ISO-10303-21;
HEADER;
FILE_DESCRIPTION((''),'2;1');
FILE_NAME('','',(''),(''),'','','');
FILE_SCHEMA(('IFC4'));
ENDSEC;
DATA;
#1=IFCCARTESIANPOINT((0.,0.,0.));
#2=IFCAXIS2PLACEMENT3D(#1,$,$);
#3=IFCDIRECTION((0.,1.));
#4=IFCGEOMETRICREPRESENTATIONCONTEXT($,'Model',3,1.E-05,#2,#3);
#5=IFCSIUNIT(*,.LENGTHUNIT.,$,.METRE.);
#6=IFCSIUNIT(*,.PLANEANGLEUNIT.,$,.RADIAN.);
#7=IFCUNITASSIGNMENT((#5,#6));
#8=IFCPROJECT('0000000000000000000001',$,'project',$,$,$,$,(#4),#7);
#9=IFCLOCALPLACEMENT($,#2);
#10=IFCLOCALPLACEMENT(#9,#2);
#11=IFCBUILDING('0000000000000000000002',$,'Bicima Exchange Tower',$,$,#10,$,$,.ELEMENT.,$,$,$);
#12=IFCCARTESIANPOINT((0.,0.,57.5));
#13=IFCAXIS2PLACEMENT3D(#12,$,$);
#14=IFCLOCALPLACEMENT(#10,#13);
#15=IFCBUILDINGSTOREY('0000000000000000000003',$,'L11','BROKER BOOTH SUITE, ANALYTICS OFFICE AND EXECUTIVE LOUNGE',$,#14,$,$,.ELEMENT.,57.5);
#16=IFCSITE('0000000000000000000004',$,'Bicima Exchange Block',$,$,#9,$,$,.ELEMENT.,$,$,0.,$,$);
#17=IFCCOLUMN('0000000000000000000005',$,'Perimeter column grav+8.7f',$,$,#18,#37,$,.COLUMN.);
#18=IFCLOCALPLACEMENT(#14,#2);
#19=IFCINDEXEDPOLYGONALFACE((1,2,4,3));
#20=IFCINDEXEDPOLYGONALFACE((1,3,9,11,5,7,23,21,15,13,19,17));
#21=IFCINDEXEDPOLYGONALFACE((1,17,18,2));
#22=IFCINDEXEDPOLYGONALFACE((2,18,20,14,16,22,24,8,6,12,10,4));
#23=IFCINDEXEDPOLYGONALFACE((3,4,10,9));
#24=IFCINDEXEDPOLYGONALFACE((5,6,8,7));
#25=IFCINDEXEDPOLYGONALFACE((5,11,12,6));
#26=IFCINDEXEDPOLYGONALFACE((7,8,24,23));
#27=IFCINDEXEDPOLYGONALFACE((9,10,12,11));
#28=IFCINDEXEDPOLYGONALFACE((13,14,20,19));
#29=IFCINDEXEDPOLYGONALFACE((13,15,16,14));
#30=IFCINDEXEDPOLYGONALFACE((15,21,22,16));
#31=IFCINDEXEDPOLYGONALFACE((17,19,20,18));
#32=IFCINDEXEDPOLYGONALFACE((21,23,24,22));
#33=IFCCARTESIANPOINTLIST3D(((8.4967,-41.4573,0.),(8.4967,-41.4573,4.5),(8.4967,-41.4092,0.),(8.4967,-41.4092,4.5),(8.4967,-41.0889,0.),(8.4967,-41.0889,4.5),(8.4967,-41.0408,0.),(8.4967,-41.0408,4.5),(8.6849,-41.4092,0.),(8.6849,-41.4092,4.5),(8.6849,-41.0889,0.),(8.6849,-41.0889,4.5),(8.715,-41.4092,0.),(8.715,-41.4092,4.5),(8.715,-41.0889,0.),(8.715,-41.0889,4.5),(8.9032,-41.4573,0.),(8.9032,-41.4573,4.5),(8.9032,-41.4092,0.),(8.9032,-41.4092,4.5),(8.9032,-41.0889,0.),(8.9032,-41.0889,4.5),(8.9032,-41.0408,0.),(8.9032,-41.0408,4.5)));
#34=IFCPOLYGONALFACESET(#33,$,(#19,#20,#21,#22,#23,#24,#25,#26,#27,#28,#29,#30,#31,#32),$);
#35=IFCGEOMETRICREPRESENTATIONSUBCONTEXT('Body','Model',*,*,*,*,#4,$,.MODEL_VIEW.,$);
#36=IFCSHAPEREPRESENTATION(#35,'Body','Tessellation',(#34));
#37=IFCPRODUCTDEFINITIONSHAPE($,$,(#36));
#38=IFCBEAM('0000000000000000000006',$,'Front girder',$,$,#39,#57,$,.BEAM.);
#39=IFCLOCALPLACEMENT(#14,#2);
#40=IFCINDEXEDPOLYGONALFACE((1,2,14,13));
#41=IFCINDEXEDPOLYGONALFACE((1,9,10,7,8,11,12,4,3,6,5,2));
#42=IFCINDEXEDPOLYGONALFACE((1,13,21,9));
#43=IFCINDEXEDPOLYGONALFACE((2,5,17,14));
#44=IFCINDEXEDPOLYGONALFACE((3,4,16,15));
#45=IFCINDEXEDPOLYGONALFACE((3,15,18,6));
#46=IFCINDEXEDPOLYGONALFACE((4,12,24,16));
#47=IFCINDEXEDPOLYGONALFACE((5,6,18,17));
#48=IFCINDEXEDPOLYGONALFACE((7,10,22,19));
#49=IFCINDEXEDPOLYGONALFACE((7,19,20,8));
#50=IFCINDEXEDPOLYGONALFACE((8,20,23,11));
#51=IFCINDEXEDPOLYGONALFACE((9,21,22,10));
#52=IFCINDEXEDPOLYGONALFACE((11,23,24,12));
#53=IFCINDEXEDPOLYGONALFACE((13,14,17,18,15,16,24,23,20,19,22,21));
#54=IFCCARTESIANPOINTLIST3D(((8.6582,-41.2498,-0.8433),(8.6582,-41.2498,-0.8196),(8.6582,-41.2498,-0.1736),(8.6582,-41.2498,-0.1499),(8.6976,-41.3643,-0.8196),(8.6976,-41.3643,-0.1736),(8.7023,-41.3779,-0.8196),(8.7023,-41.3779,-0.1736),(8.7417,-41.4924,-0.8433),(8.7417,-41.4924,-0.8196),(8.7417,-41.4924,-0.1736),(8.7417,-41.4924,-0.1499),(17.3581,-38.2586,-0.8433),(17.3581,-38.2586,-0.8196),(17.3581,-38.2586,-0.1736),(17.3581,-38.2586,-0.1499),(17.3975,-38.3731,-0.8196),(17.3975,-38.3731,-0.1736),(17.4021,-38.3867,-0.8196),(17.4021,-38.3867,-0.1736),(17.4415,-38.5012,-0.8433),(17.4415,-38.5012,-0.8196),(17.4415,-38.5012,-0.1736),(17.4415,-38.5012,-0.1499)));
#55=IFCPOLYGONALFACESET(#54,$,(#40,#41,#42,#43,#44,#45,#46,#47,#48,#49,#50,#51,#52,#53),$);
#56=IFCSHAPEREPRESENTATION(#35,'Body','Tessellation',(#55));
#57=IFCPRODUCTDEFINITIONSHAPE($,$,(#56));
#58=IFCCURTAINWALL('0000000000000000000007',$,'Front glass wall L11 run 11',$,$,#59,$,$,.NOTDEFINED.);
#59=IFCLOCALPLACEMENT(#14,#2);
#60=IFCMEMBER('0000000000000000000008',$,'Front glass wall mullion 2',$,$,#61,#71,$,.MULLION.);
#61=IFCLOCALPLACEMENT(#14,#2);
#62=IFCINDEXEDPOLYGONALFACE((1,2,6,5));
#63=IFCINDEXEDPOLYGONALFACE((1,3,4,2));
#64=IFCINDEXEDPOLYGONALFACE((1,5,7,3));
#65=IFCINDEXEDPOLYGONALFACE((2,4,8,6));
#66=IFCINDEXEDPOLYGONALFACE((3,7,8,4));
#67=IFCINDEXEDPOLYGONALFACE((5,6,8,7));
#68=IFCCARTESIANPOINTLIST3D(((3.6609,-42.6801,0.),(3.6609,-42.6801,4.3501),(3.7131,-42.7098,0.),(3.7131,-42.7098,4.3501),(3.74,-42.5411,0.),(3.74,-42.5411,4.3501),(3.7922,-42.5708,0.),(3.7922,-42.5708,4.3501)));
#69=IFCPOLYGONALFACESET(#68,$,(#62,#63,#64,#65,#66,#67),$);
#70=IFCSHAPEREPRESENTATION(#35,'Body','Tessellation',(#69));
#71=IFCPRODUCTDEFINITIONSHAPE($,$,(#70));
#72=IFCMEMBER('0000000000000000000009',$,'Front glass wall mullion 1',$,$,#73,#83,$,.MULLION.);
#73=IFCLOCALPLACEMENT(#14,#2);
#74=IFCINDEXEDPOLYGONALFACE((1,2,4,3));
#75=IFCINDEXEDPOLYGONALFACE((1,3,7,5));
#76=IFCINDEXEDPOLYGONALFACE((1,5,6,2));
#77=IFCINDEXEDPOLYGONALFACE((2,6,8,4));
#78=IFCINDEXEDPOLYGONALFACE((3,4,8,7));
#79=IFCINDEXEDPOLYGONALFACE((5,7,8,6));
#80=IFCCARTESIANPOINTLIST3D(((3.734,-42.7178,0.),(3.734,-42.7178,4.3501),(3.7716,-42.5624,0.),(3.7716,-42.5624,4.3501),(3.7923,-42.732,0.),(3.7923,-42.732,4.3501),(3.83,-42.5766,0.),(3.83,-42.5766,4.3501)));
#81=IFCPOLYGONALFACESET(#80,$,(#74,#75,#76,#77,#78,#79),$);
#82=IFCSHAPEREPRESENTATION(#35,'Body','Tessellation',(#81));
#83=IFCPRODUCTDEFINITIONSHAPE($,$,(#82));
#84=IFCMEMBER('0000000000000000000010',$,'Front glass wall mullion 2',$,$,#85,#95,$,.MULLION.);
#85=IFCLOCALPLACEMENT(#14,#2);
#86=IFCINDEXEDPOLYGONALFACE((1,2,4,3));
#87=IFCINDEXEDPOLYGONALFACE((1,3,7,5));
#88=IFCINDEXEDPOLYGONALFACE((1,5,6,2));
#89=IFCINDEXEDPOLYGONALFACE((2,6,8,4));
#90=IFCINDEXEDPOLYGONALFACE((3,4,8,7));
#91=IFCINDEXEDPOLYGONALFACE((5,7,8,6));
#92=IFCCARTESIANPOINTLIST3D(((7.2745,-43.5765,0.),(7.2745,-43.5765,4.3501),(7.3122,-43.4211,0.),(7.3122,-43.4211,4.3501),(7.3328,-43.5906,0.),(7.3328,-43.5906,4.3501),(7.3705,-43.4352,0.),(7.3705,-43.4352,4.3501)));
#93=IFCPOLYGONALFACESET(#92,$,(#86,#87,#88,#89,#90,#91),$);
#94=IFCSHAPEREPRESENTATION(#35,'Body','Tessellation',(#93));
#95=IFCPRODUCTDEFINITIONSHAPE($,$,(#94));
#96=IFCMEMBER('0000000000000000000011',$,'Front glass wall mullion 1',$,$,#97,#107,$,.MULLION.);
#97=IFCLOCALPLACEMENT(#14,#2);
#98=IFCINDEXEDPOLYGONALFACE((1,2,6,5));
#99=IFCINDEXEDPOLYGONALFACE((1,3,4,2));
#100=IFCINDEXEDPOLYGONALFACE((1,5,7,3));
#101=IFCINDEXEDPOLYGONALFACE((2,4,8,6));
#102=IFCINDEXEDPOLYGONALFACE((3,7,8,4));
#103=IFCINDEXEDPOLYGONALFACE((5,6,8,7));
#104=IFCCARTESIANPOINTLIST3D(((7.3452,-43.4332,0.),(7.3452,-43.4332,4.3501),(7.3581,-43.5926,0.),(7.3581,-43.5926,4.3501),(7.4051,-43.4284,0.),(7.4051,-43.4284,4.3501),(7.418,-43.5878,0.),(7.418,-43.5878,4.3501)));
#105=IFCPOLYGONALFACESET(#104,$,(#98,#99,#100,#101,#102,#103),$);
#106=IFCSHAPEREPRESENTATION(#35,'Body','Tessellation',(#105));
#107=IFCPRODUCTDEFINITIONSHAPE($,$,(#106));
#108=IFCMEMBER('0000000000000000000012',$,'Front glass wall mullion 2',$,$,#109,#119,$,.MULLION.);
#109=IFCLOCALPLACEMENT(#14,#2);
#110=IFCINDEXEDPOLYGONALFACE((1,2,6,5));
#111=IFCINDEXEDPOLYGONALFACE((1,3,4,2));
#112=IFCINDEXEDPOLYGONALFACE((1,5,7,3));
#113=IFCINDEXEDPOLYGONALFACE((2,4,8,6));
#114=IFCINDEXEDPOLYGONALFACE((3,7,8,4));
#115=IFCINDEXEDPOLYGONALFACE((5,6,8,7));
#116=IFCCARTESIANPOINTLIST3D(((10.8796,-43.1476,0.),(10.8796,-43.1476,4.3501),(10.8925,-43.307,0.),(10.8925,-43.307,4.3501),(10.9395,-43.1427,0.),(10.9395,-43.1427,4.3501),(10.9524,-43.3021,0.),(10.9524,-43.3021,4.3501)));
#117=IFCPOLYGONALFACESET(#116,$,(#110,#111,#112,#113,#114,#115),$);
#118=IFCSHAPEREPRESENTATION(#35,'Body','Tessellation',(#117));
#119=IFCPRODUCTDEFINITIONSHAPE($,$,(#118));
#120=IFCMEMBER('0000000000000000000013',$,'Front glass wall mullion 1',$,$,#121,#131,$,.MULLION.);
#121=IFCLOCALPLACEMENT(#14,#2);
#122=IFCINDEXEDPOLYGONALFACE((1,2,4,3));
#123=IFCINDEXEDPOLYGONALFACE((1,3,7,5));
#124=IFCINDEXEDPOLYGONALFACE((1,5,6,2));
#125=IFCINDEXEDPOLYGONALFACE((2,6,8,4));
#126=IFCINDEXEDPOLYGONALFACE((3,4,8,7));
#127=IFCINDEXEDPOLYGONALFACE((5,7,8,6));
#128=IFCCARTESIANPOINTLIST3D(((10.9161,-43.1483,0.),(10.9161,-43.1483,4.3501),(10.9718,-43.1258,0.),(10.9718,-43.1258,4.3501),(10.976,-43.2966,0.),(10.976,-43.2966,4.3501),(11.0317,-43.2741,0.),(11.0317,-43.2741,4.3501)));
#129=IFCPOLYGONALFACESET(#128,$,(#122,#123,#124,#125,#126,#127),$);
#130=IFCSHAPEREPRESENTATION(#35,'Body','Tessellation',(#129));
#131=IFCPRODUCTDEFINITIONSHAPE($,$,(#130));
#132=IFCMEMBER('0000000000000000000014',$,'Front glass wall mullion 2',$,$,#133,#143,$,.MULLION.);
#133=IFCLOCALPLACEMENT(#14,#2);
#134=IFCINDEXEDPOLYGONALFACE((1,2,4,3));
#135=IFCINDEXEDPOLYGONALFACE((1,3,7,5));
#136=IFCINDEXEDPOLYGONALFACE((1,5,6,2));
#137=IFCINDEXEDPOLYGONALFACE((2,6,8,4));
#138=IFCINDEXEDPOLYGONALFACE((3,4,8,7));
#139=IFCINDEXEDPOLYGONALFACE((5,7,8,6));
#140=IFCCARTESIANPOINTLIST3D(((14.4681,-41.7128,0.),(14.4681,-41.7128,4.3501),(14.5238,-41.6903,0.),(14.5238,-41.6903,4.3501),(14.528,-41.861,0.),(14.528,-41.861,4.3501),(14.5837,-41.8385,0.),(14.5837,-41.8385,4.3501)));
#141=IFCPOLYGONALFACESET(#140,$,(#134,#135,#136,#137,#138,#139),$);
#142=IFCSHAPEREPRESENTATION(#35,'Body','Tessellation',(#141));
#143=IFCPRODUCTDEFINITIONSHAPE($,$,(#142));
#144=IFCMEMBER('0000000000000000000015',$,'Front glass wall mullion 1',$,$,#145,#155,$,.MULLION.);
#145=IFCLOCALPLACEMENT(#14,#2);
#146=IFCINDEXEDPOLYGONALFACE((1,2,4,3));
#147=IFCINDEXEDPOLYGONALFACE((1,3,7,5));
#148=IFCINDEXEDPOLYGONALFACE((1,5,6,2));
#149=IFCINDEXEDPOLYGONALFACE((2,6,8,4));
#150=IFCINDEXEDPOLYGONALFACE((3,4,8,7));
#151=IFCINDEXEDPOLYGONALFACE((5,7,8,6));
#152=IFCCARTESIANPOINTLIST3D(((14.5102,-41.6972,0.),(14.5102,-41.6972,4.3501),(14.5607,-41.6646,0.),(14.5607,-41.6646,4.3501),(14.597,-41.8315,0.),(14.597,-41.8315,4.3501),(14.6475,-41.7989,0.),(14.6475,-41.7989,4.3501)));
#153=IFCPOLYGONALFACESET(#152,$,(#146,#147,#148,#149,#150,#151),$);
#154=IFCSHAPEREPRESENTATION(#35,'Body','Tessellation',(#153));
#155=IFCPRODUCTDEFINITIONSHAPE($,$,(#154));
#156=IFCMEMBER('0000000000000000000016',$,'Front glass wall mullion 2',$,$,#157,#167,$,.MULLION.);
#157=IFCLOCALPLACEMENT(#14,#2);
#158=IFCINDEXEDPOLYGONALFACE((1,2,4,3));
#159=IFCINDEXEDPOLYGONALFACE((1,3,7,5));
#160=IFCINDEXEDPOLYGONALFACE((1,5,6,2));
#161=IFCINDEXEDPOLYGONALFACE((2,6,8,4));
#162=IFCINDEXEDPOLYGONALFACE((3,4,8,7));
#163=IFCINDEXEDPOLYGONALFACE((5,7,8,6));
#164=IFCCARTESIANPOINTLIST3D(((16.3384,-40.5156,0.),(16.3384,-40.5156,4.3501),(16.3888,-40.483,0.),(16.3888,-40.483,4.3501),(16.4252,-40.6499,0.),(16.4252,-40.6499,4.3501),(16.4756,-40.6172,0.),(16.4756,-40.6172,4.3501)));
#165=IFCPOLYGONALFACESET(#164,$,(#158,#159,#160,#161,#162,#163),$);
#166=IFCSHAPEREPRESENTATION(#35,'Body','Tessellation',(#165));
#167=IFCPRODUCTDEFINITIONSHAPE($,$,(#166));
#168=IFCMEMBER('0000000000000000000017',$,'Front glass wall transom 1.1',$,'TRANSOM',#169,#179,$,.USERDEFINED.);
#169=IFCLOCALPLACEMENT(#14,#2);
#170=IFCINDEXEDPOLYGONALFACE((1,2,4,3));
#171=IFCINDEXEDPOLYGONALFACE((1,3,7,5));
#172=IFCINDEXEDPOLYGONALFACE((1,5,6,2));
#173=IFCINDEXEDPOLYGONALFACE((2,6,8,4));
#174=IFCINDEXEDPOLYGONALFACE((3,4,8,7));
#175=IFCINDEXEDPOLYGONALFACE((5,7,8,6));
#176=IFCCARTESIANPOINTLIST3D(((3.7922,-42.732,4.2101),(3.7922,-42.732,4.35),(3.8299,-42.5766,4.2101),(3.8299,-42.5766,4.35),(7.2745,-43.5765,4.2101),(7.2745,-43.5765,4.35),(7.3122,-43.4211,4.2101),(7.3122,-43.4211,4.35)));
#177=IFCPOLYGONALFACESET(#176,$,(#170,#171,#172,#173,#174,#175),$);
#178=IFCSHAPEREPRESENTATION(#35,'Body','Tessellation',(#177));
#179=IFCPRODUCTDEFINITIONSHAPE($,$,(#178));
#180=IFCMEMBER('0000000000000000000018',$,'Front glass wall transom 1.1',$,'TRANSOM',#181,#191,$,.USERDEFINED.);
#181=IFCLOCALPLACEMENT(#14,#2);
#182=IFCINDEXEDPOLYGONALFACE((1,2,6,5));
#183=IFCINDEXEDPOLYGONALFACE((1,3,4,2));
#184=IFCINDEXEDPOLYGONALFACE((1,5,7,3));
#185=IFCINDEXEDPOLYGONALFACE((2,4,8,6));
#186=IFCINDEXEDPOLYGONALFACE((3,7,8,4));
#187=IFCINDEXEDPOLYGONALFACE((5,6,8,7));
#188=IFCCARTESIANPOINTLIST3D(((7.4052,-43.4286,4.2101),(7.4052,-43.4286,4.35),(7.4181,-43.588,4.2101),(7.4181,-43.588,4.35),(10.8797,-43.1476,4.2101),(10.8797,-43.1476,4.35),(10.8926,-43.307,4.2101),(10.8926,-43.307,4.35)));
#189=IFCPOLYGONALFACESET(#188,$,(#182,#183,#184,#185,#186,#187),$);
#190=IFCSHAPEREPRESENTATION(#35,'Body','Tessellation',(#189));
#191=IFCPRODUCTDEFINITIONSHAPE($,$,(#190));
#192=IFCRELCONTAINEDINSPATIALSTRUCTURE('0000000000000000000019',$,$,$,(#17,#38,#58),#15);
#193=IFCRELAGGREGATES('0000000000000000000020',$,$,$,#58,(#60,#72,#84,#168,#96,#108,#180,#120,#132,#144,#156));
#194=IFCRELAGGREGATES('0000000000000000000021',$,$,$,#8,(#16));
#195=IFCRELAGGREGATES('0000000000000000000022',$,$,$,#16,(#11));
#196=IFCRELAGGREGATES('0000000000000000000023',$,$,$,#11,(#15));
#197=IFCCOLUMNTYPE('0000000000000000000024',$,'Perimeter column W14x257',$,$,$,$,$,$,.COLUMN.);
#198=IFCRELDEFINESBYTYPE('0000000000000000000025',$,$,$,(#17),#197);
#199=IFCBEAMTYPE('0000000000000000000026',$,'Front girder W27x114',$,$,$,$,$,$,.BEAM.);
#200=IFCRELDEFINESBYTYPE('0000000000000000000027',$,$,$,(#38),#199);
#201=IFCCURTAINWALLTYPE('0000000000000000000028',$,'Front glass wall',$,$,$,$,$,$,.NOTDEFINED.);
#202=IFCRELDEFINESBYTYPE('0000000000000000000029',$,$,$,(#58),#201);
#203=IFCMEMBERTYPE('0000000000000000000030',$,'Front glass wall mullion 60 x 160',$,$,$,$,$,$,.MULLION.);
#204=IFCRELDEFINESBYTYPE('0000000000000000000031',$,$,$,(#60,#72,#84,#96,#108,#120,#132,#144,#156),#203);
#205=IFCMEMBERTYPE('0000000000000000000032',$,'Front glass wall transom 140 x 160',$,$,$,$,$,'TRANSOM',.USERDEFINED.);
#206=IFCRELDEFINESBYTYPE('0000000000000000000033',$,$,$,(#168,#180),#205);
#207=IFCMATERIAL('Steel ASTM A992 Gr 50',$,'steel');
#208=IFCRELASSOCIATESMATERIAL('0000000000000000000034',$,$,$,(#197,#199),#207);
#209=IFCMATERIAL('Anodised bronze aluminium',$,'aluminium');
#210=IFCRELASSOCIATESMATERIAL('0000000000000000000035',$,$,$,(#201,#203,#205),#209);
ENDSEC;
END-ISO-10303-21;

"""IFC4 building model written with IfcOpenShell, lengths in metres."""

from ifc_helpers import new_model, si_unit, direction, frame, origin, origin_2d, place, context, subcontext, project, spatial, rectangle, i_section, extrude, material, material_profile, profile_set, type_object, element, aggregate, save


model = new_model("IFC4")

# Units and contexts
model_context = context("Model", 3, precision=1e-05, world=origin(), true_north=direction((0.0, 1.0)))
body_context = subcontext(model_context, "Body", "Model", "MODEL_VIEW")
ifc_project = project(units=[si_unit("LENGTHUNIT", "METRE"), si_unit("PLANEANGLEUNIT", "RADIAN")], contexts=[model_context])

# Site, building, storey
site_placement = place(None, origin())
site = spatial("IfcSite", under=ifc_project, at=site_placement, Name="Bicima Exchange Block", CompositionType="ELEMENT", RefElevation=0.0)
building_placement = place(site_placement, origin())
building = spatial("IfcBuilding", under=site, at=building_placement, Name="Bicima Exchange Tower", CompositionType="ELEMENT")
storey_placement = place(building_placement, frame((0.0, 0.0, 57.5)))
storey = spatial("IfcBuildingStorey", under=building, at=storey_placement, Name="L11", Description="BROKER BOOTH SUITE, ANALYTICS OFFICE AND EXECUTIVE LOUNGE", CompositionType="ELEMENT", Elevation=57.5)

# Column
ifc_material_1 = material(Name="Steel ASTM A992 Gr 50", Category="steel")
ifc_material_profile_1 = material_profile(ifc_material_1, i_section(OverallWidth=0.4065, OverallDepth=0.4165, WebThickness=0.03, FlangeThickness=0.0481, at=origin_2d()))
ifc_profile_set_1 = profile_set([ifc_material_profile_1], Name="Steel ASTM A992 Gr 50")
column_type = type_object("IfcColumnType", Name="Perimeter column W14x257", PredefinedType="COLUMN", material=ifc_profile_set_1)
column_placement = place(storey_placement, frame((8.7, -41.249, 0.0), z_axis=(0.0, 0.0, 1.0), x_axis=(1.0, 0.0, 0.0)))
element("IfcColumn", 1, at=column_placement, inside=storey, type_object=column_type, Name="Perimeter column grav+8.7f", PredefinedType="COLUMN", context=body_context, shape_type="SweptSolid", body=[
    extrude(i_section(OverallWidth=0.4065, OverallDepth=0.4165, WebThickness=0.03, FlangeThickness=0.0481, at=origin_2d()), origin(), (0.0, 0.0, 1.0), 4.5),
])

# Beam
ifc_material_profile_2 = material_profile(ifc_material_1, i_section(OverallWidth=0.2566, OverallDepth=0.6934, WebThickness=0.0144, FlangeThickness=0.0237, at=origin_2d()))
ifc_profile_set_2 = profile_set([ifc_material_profile_2], Name="Steel ASTM A992 Gr 50")
beam_type = type_object("IfcBeamType", Name="Front girder W27x114", PredefinedType="BEAM", material=ifc_profile_set_2)
beam_placement = place(storey_placement, frame((8.7, -41.3711, -0.4966), z_axis=(0.945666, 0.325138, 0.0), x_axis=(-0.325138, 0.945666, 0.0)))
element("IfcBeam", 2, at=beam_placement, inside=storey, type_object=beam_type, Name="Front girder", PredefinedType="BEAM", context=body_context, shape_type="SweptSolid", body=[
    extrude(i_section(OverallWidth=0.2566, OverallDepth=0.6934, WebThickness=0.0144, FlangeThickness=0.0237, at=origin_2d()), origin(), (0.0, 0.0, 1.0), 9.1997),
])

# Curtain wall, members
ifc_material_2 = material(Name="Anodised bronze aluminium", Category="aluminium")
curtain_wall_type = type_object("IfcCurtainWallType", Name="Front glass wall", PredefinedType="NOTDEFINED", material=ifc_material_2)
curtain_wall_placement = place(storey_placement, origin())
curtain_wall = element("IfcCurtainWall", 3, at=curtain_wall_placement, inside=storey, type_object=curtain_wall_type, Name="Front glass wall L11 run 11", PredefinedType="NOTDEFINED")
ifc_material_profile_3 = material_profile(ifc_material_2, rectangle(XDim=0.1599, YDim=0.0601, at=origin_2d()))
ifc_profile_set_3 = profile_set([ifc_material_profile_3], Name="Anodised bronze aluminium")
member_type_1 = type_object("IfcMemberType", Name="Front glass wall mullion 60 x 160", PredefinedType="MULLION", material=ifc_profile_set_3)
member_1_placement = place(storey_placement, frame((3.7266, -42.6255, 0.0), z_axis=(0.0, 0.0, 1.0), x_axis=(0.49433, 0.869274, 0.0)))
member_1 = element("IfcMember", 4, at=member_1_placement, type_object=member_type_1, Name="Front glass wall mullion 2", PredefinedType="MULLION", context=body_context, shape_type="SweptSolid", body=[
    extrude(rectangle(XDim=0.1599, YDim=0.0601, at=origin_2d()), origin(), (0.0, 0.0, 1.0), 4.3501),
])
member_2_placement = place(storey_placement, frame((3.782, -42.6472, 0.0), z_axis=(0.0, 0.0, 1.0), x_axis=(0.235682, 0.97183, 0.0)))
member_2 = element("IfcMember", 5, at=member_2_placement, type_object=member_type_1, Name="Front glass wall mullion 1", PredefinedType="MULLION", context=body_context, shape_type="SweptSolid", body=[
    extrude(rectangle(XDim=0.1599, YDim=0.0601, at=origin_2d()), origin(), (0.0, 0.0, 1.0), 4.3501),
])
member_3_placement = place(storey_placement, frame((7.3225, -43.5059, 0.0), z_axis=(0.0, 0.0, 1.0), x_axis=(0.235682, 0.97183, 0.0)))
member_3 = element("IfcMember", 6, at=member_3_placement, type_object=member_type_1, Name="Front glass wall mullion 2", PredefinedType="MULLION", context=body_context, shape_type="SweptSolid", body=[
    extrude(rectangle(XDim=0.1599, YDim=0.0601, at=origin_2d()), origin(), (0.0, 0.0, 1.0), 4.3501),
])
member_4_placement = place(storey_placement, frame((7.3816, -43.5105, 0.0), z_axis=(0.0, 0.0, 1.0), x_axis=(-0.080589, 0.996747, 0.0)))
member_4 = element("IfcMember", 7, at=member_4_placement, type_object=member_type_1, Name="Front glass wall mullion 1", PredefinedType="MULLION", context=body_context, shape_type="SweptSolid", body=[
    extrude(rectangle(XDim=0.1599, YDim=0.0601, at=origin_2d()), origin(), (0.0, 0.0, 1.0), 4.3501),
])
member_5_placement = place(storey_placement, frame((10.916, -43.2249, 0.0), z_axis=(0.0, 0.0, 1.0), x_axis=(-0.080589, 0.996747, 0.0)))
member_5 = element("IfcMember", 8, at=member_5_placement, type_object=member_type_1, Name="Front glass wall mullion 2", PredefinedType="MULLION", context=body_context, shape_type="SweptSolid", body=[
    extrude(rectangle(XDim=0.1599, YDim=0.0601, at=origin_2d()), origin(), (0.0, 0.0, 1.0), 4.3501),
])
member_6_placement = place(storey_placement, frame((10.9739, -43.2112, 0.0), z_axis=(0.0, 0.0, 1.0), x_axis=(-0.374705, 0.927144, 0.0)))
member_6 = element("IfcMember", 9, at=member_6_placement, type_object=member_type_1, Name="Front glass wall mullion 1", PredefinedType="MULLION", context=body_context, shape_type="SweptSolid", body=[
    extrude(rectangle(XDim=0.1599, YDim=0.0601, at=origin_2d()), origin(), (0.0, 0.0, 1.0), 4.3501),
])
member_7_placement = place(storey_placement, frame((14.5259, -41.7756, 0.0), z_axis=(0.0, 0.0, 1.0), x_axis=(-0.374705, 0.927144, 0.0)))
member_7 = element("IfcMember", 10, at=member_7_placement, type_object=member_type_1, Name="Front glass wall mullion 2", PredefinedType="MULLION", context=body_context, shape_type="SweptSolid", body=[
    extrude(rectangle(XDim=0.1599, YDim=0.0601, at=origin_2d()), origin(), (0.0, 0.0, 1.0), 4.3501),
])
member_8_placement = place(storey_placement, frame((14.5789, -41.748, 0.0), z_axis=(0.0, 0.0, 1.0), x_axis=(-0.542909, 0.839791, 0.0)))
member_8 = element("IfcMember", 11, at=member_8_placement, type_object=member_type_1, Name="Front glass wall mullion 1", PredefinedType="MULLION", context=body_context, shape_type="SweptSolid", body=[
    extrude(rectangle(XDim=0.1599, YDim=0.0601, at=origin_2d()), origin(), (0.0, 0.0, 1.0), 4.3501),
])
member_9_placement = place(storey_placement, frame((16.407, -40.5664, 0.0), z_axis=(0.0, 0.0, 1.0), x_axis=(-0.542909, 0.839791, 0.0)))
member_9 = element("IfcMember", 12, at=member_9_placement, type_object=member_type_1, Name="Front glass wall mullion 2", PredefinedType="MULLION", context=body_context, shape_type="SweptSolid", body=[
    extrude(rectangle(XDim=0.1599, YDim=0.0601, at=origin_2d()), origin(), (0.0, 0.0, 1.0), 4.3501),
])
ifc_material_profile_4 = material_profile(ifc_material_2, rectangle(XDim=0.1599, YDim=0.1399, at=origin_2d()))
ifc_profile_set_4 = profile_set([ifc_material_profile_4], Name="Anodised bronze aluminium")
member_type_2 = type_object("IfcMemberType", Name="Front glass wall transom 140 x 160", ElementType="TRANSOM", PredefinedType="USERDEFINED", material=ifc_profile_set_4)
member_10_placement = place(storey_placement, frame((3.811, -42.6543, 4.28), z_axis=(0.971834, -0.235668, 0.0), x_axis=(0.235668, 0.971834, 0.0)))
member_10 = element("IfcMember", 13, at=member_10_placement, type_object=member_type_2, Name="Front glass wall transom 1.1", ObjectType="TRANSOM", PredefinedType="USERDEFINED", context=body_context, shape_type="SweptSolid", body=[
    extrude(rectangle(XDim=0.1599, YDim=0.1399, at=origin_2d()), origin(), (0.0, 0.0, 1.0), 3.5833),
])
member_11_placement = place(storey_placement, frame((7.4116, -43.5083, 4.28), z_axis=(0.996746, 0.080611, 0.0), x_axis=(-0.080611, 0.996746, 0.0)))
member_11 = element("IfcMember", 14, at=member_11_placement, type_object=member_type_2, Name="Front glass wall transom 1.1", ObjectType="TRANSOM", PredefinedType="USERDEFINED", context=body_context, shape_type="SweptSolid", body=[
    extrude(rectangle(XDim=0.1599, YDim=0.1399, at=origin_2d()), origin(), (0.0, 0.0, 1.0), 3.4858),
])

aggregate(curtain_wall, [member_1, member_2, member_3, member_10, member_4, member_5, member_11, member_6, member_7, member_8, member_9])

save(model, "model.ifc")
